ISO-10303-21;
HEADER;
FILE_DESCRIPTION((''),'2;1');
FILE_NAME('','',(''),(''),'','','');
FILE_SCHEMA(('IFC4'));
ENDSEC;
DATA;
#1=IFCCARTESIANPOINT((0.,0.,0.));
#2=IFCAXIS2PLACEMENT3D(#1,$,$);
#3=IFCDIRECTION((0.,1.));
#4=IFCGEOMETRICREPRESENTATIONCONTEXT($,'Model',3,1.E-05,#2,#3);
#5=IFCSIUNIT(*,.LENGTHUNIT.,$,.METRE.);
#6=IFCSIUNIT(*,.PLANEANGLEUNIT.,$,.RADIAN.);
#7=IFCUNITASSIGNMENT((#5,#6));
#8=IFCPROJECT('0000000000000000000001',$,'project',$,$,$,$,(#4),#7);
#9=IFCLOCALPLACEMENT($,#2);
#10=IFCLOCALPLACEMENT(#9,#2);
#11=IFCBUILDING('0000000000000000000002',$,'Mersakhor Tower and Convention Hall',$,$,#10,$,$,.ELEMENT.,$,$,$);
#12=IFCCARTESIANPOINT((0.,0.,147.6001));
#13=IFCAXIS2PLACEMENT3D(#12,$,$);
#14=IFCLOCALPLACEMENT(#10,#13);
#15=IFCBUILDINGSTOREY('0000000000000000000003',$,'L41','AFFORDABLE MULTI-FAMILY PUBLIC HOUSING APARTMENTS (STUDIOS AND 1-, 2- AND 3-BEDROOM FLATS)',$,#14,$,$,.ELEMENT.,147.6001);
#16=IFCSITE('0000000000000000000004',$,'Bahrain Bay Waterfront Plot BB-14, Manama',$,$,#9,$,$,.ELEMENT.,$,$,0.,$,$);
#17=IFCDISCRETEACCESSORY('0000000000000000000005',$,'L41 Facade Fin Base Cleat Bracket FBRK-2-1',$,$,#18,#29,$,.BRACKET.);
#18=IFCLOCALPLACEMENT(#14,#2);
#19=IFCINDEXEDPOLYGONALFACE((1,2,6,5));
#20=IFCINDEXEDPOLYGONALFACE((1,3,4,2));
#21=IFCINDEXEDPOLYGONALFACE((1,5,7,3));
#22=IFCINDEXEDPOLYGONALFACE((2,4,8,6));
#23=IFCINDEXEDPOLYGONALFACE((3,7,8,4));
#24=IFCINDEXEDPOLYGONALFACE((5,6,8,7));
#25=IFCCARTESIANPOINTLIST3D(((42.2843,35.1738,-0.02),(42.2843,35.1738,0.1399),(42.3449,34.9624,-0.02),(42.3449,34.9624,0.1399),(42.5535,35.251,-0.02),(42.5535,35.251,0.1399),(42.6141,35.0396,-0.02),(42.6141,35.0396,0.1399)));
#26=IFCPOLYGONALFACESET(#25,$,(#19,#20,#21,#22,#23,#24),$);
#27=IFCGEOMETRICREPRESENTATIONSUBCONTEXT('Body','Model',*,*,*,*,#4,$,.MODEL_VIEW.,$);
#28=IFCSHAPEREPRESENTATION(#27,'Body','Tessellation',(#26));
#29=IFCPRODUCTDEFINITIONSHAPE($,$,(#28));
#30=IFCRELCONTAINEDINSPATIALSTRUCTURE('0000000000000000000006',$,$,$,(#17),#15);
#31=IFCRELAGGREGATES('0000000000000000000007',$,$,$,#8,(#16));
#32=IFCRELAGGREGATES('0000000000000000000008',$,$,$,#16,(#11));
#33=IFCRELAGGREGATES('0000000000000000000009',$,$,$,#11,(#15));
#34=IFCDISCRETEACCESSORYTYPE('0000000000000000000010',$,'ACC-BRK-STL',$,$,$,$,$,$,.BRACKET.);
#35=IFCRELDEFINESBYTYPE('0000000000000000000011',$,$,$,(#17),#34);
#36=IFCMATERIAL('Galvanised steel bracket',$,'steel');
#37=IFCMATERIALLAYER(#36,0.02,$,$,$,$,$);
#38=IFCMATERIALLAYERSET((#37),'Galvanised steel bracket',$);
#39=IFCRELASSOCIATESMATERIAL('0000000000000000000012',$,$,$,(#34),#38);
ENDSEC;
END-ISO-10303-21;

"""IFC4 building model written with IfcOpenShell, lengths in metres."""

from ifc_helpers import new_model, si_unit, direction, frame, origin, origin_2d, place, context, subcontext, project, spatial, rectangle, extrude, material, layer, layer_set, type_object, element, save


model = new_model("IFC4")

# Units and contexts
model_context = context("Model", 3, precision=1e-05, world=origin(), true_north=direction((0.0, 1.0)))
body_context = subcontext(model_context, "Body", "Model", "MODEL_VIEW")
ifc_project = project(units=[si_unit("LENGTHUNIT", "METRE"), si_unit("PLANEANGLEUNIT", "RADIAN")], contexts=[model_context])

# Site, building, storey
site_placement = place(None, origin())
site = spatial("IfcSite", under=ifc_project, at=site_placement, Name="Bahrain Bay Waterfront Plot BB-14, Manama", CompositionType="ELEMENT", RefElevation=0.0)
building_placement = place(site_placement, origin())
building = spatial("IfcBuilding", under=site, at=building_placement, Name="Mersakhor Tower and Convention Hall", CompositionType="ELEMENT")
storey_placement = place(building_placement, frame((0.0, 0.0, 147.6001)))
storey = spatial("IfcBuildingStorey", under=building, at=storey_placement, Name="L41", Description="AFFORDABLE MULTI-FAMILY PUBLIC HOUSING APARTMENTS (STUDIOS AND 1-, 2- AND 3-BEDROOM FLATS)", CompositionType="ELEMENT", Elevation=147.6001)

# Discrete accessory
ifc_material_1 = material(Name="Galvanised steel bracket", Category="steel")
ifc_layer_1 = layer(ifc_material_1, 0.02)
ifc_layer_set_1 = layer_set([ifc_layer_1], Name="Galvanised steel bracket")
discrete_accessory_type = type_object("IfcDiscreteAccessoryType", Name="ACC-BRK-STL", PredefinedType="BRACKET", material=ifc_layer_set_1)
discrete_accessory_placement = place(storey_placement, frame((42.4492, 35.1067, -0.02), z_axis=(0.0, 0.0, 1.0), x_axis=(0.961262, 0.275637, 0.0)))
element("IfcDiscreteAccessory", 1, at=discrete_accessory_placement, inside=storey, type_object=discrete_accessory_type, Name="L41 Facade Fin Base Cleat Bracket FBRK-2-1", PredefinedType="BRACKET", context=body_context, shape_type="SweptSolid", body=[
    extrude(rectangle(XDim=0.28, YDim=0.22, at=origin_2d()), origin(), (0.0, 0.0, 1.0), 0.1599),
])

save(model, "model.ifc")
